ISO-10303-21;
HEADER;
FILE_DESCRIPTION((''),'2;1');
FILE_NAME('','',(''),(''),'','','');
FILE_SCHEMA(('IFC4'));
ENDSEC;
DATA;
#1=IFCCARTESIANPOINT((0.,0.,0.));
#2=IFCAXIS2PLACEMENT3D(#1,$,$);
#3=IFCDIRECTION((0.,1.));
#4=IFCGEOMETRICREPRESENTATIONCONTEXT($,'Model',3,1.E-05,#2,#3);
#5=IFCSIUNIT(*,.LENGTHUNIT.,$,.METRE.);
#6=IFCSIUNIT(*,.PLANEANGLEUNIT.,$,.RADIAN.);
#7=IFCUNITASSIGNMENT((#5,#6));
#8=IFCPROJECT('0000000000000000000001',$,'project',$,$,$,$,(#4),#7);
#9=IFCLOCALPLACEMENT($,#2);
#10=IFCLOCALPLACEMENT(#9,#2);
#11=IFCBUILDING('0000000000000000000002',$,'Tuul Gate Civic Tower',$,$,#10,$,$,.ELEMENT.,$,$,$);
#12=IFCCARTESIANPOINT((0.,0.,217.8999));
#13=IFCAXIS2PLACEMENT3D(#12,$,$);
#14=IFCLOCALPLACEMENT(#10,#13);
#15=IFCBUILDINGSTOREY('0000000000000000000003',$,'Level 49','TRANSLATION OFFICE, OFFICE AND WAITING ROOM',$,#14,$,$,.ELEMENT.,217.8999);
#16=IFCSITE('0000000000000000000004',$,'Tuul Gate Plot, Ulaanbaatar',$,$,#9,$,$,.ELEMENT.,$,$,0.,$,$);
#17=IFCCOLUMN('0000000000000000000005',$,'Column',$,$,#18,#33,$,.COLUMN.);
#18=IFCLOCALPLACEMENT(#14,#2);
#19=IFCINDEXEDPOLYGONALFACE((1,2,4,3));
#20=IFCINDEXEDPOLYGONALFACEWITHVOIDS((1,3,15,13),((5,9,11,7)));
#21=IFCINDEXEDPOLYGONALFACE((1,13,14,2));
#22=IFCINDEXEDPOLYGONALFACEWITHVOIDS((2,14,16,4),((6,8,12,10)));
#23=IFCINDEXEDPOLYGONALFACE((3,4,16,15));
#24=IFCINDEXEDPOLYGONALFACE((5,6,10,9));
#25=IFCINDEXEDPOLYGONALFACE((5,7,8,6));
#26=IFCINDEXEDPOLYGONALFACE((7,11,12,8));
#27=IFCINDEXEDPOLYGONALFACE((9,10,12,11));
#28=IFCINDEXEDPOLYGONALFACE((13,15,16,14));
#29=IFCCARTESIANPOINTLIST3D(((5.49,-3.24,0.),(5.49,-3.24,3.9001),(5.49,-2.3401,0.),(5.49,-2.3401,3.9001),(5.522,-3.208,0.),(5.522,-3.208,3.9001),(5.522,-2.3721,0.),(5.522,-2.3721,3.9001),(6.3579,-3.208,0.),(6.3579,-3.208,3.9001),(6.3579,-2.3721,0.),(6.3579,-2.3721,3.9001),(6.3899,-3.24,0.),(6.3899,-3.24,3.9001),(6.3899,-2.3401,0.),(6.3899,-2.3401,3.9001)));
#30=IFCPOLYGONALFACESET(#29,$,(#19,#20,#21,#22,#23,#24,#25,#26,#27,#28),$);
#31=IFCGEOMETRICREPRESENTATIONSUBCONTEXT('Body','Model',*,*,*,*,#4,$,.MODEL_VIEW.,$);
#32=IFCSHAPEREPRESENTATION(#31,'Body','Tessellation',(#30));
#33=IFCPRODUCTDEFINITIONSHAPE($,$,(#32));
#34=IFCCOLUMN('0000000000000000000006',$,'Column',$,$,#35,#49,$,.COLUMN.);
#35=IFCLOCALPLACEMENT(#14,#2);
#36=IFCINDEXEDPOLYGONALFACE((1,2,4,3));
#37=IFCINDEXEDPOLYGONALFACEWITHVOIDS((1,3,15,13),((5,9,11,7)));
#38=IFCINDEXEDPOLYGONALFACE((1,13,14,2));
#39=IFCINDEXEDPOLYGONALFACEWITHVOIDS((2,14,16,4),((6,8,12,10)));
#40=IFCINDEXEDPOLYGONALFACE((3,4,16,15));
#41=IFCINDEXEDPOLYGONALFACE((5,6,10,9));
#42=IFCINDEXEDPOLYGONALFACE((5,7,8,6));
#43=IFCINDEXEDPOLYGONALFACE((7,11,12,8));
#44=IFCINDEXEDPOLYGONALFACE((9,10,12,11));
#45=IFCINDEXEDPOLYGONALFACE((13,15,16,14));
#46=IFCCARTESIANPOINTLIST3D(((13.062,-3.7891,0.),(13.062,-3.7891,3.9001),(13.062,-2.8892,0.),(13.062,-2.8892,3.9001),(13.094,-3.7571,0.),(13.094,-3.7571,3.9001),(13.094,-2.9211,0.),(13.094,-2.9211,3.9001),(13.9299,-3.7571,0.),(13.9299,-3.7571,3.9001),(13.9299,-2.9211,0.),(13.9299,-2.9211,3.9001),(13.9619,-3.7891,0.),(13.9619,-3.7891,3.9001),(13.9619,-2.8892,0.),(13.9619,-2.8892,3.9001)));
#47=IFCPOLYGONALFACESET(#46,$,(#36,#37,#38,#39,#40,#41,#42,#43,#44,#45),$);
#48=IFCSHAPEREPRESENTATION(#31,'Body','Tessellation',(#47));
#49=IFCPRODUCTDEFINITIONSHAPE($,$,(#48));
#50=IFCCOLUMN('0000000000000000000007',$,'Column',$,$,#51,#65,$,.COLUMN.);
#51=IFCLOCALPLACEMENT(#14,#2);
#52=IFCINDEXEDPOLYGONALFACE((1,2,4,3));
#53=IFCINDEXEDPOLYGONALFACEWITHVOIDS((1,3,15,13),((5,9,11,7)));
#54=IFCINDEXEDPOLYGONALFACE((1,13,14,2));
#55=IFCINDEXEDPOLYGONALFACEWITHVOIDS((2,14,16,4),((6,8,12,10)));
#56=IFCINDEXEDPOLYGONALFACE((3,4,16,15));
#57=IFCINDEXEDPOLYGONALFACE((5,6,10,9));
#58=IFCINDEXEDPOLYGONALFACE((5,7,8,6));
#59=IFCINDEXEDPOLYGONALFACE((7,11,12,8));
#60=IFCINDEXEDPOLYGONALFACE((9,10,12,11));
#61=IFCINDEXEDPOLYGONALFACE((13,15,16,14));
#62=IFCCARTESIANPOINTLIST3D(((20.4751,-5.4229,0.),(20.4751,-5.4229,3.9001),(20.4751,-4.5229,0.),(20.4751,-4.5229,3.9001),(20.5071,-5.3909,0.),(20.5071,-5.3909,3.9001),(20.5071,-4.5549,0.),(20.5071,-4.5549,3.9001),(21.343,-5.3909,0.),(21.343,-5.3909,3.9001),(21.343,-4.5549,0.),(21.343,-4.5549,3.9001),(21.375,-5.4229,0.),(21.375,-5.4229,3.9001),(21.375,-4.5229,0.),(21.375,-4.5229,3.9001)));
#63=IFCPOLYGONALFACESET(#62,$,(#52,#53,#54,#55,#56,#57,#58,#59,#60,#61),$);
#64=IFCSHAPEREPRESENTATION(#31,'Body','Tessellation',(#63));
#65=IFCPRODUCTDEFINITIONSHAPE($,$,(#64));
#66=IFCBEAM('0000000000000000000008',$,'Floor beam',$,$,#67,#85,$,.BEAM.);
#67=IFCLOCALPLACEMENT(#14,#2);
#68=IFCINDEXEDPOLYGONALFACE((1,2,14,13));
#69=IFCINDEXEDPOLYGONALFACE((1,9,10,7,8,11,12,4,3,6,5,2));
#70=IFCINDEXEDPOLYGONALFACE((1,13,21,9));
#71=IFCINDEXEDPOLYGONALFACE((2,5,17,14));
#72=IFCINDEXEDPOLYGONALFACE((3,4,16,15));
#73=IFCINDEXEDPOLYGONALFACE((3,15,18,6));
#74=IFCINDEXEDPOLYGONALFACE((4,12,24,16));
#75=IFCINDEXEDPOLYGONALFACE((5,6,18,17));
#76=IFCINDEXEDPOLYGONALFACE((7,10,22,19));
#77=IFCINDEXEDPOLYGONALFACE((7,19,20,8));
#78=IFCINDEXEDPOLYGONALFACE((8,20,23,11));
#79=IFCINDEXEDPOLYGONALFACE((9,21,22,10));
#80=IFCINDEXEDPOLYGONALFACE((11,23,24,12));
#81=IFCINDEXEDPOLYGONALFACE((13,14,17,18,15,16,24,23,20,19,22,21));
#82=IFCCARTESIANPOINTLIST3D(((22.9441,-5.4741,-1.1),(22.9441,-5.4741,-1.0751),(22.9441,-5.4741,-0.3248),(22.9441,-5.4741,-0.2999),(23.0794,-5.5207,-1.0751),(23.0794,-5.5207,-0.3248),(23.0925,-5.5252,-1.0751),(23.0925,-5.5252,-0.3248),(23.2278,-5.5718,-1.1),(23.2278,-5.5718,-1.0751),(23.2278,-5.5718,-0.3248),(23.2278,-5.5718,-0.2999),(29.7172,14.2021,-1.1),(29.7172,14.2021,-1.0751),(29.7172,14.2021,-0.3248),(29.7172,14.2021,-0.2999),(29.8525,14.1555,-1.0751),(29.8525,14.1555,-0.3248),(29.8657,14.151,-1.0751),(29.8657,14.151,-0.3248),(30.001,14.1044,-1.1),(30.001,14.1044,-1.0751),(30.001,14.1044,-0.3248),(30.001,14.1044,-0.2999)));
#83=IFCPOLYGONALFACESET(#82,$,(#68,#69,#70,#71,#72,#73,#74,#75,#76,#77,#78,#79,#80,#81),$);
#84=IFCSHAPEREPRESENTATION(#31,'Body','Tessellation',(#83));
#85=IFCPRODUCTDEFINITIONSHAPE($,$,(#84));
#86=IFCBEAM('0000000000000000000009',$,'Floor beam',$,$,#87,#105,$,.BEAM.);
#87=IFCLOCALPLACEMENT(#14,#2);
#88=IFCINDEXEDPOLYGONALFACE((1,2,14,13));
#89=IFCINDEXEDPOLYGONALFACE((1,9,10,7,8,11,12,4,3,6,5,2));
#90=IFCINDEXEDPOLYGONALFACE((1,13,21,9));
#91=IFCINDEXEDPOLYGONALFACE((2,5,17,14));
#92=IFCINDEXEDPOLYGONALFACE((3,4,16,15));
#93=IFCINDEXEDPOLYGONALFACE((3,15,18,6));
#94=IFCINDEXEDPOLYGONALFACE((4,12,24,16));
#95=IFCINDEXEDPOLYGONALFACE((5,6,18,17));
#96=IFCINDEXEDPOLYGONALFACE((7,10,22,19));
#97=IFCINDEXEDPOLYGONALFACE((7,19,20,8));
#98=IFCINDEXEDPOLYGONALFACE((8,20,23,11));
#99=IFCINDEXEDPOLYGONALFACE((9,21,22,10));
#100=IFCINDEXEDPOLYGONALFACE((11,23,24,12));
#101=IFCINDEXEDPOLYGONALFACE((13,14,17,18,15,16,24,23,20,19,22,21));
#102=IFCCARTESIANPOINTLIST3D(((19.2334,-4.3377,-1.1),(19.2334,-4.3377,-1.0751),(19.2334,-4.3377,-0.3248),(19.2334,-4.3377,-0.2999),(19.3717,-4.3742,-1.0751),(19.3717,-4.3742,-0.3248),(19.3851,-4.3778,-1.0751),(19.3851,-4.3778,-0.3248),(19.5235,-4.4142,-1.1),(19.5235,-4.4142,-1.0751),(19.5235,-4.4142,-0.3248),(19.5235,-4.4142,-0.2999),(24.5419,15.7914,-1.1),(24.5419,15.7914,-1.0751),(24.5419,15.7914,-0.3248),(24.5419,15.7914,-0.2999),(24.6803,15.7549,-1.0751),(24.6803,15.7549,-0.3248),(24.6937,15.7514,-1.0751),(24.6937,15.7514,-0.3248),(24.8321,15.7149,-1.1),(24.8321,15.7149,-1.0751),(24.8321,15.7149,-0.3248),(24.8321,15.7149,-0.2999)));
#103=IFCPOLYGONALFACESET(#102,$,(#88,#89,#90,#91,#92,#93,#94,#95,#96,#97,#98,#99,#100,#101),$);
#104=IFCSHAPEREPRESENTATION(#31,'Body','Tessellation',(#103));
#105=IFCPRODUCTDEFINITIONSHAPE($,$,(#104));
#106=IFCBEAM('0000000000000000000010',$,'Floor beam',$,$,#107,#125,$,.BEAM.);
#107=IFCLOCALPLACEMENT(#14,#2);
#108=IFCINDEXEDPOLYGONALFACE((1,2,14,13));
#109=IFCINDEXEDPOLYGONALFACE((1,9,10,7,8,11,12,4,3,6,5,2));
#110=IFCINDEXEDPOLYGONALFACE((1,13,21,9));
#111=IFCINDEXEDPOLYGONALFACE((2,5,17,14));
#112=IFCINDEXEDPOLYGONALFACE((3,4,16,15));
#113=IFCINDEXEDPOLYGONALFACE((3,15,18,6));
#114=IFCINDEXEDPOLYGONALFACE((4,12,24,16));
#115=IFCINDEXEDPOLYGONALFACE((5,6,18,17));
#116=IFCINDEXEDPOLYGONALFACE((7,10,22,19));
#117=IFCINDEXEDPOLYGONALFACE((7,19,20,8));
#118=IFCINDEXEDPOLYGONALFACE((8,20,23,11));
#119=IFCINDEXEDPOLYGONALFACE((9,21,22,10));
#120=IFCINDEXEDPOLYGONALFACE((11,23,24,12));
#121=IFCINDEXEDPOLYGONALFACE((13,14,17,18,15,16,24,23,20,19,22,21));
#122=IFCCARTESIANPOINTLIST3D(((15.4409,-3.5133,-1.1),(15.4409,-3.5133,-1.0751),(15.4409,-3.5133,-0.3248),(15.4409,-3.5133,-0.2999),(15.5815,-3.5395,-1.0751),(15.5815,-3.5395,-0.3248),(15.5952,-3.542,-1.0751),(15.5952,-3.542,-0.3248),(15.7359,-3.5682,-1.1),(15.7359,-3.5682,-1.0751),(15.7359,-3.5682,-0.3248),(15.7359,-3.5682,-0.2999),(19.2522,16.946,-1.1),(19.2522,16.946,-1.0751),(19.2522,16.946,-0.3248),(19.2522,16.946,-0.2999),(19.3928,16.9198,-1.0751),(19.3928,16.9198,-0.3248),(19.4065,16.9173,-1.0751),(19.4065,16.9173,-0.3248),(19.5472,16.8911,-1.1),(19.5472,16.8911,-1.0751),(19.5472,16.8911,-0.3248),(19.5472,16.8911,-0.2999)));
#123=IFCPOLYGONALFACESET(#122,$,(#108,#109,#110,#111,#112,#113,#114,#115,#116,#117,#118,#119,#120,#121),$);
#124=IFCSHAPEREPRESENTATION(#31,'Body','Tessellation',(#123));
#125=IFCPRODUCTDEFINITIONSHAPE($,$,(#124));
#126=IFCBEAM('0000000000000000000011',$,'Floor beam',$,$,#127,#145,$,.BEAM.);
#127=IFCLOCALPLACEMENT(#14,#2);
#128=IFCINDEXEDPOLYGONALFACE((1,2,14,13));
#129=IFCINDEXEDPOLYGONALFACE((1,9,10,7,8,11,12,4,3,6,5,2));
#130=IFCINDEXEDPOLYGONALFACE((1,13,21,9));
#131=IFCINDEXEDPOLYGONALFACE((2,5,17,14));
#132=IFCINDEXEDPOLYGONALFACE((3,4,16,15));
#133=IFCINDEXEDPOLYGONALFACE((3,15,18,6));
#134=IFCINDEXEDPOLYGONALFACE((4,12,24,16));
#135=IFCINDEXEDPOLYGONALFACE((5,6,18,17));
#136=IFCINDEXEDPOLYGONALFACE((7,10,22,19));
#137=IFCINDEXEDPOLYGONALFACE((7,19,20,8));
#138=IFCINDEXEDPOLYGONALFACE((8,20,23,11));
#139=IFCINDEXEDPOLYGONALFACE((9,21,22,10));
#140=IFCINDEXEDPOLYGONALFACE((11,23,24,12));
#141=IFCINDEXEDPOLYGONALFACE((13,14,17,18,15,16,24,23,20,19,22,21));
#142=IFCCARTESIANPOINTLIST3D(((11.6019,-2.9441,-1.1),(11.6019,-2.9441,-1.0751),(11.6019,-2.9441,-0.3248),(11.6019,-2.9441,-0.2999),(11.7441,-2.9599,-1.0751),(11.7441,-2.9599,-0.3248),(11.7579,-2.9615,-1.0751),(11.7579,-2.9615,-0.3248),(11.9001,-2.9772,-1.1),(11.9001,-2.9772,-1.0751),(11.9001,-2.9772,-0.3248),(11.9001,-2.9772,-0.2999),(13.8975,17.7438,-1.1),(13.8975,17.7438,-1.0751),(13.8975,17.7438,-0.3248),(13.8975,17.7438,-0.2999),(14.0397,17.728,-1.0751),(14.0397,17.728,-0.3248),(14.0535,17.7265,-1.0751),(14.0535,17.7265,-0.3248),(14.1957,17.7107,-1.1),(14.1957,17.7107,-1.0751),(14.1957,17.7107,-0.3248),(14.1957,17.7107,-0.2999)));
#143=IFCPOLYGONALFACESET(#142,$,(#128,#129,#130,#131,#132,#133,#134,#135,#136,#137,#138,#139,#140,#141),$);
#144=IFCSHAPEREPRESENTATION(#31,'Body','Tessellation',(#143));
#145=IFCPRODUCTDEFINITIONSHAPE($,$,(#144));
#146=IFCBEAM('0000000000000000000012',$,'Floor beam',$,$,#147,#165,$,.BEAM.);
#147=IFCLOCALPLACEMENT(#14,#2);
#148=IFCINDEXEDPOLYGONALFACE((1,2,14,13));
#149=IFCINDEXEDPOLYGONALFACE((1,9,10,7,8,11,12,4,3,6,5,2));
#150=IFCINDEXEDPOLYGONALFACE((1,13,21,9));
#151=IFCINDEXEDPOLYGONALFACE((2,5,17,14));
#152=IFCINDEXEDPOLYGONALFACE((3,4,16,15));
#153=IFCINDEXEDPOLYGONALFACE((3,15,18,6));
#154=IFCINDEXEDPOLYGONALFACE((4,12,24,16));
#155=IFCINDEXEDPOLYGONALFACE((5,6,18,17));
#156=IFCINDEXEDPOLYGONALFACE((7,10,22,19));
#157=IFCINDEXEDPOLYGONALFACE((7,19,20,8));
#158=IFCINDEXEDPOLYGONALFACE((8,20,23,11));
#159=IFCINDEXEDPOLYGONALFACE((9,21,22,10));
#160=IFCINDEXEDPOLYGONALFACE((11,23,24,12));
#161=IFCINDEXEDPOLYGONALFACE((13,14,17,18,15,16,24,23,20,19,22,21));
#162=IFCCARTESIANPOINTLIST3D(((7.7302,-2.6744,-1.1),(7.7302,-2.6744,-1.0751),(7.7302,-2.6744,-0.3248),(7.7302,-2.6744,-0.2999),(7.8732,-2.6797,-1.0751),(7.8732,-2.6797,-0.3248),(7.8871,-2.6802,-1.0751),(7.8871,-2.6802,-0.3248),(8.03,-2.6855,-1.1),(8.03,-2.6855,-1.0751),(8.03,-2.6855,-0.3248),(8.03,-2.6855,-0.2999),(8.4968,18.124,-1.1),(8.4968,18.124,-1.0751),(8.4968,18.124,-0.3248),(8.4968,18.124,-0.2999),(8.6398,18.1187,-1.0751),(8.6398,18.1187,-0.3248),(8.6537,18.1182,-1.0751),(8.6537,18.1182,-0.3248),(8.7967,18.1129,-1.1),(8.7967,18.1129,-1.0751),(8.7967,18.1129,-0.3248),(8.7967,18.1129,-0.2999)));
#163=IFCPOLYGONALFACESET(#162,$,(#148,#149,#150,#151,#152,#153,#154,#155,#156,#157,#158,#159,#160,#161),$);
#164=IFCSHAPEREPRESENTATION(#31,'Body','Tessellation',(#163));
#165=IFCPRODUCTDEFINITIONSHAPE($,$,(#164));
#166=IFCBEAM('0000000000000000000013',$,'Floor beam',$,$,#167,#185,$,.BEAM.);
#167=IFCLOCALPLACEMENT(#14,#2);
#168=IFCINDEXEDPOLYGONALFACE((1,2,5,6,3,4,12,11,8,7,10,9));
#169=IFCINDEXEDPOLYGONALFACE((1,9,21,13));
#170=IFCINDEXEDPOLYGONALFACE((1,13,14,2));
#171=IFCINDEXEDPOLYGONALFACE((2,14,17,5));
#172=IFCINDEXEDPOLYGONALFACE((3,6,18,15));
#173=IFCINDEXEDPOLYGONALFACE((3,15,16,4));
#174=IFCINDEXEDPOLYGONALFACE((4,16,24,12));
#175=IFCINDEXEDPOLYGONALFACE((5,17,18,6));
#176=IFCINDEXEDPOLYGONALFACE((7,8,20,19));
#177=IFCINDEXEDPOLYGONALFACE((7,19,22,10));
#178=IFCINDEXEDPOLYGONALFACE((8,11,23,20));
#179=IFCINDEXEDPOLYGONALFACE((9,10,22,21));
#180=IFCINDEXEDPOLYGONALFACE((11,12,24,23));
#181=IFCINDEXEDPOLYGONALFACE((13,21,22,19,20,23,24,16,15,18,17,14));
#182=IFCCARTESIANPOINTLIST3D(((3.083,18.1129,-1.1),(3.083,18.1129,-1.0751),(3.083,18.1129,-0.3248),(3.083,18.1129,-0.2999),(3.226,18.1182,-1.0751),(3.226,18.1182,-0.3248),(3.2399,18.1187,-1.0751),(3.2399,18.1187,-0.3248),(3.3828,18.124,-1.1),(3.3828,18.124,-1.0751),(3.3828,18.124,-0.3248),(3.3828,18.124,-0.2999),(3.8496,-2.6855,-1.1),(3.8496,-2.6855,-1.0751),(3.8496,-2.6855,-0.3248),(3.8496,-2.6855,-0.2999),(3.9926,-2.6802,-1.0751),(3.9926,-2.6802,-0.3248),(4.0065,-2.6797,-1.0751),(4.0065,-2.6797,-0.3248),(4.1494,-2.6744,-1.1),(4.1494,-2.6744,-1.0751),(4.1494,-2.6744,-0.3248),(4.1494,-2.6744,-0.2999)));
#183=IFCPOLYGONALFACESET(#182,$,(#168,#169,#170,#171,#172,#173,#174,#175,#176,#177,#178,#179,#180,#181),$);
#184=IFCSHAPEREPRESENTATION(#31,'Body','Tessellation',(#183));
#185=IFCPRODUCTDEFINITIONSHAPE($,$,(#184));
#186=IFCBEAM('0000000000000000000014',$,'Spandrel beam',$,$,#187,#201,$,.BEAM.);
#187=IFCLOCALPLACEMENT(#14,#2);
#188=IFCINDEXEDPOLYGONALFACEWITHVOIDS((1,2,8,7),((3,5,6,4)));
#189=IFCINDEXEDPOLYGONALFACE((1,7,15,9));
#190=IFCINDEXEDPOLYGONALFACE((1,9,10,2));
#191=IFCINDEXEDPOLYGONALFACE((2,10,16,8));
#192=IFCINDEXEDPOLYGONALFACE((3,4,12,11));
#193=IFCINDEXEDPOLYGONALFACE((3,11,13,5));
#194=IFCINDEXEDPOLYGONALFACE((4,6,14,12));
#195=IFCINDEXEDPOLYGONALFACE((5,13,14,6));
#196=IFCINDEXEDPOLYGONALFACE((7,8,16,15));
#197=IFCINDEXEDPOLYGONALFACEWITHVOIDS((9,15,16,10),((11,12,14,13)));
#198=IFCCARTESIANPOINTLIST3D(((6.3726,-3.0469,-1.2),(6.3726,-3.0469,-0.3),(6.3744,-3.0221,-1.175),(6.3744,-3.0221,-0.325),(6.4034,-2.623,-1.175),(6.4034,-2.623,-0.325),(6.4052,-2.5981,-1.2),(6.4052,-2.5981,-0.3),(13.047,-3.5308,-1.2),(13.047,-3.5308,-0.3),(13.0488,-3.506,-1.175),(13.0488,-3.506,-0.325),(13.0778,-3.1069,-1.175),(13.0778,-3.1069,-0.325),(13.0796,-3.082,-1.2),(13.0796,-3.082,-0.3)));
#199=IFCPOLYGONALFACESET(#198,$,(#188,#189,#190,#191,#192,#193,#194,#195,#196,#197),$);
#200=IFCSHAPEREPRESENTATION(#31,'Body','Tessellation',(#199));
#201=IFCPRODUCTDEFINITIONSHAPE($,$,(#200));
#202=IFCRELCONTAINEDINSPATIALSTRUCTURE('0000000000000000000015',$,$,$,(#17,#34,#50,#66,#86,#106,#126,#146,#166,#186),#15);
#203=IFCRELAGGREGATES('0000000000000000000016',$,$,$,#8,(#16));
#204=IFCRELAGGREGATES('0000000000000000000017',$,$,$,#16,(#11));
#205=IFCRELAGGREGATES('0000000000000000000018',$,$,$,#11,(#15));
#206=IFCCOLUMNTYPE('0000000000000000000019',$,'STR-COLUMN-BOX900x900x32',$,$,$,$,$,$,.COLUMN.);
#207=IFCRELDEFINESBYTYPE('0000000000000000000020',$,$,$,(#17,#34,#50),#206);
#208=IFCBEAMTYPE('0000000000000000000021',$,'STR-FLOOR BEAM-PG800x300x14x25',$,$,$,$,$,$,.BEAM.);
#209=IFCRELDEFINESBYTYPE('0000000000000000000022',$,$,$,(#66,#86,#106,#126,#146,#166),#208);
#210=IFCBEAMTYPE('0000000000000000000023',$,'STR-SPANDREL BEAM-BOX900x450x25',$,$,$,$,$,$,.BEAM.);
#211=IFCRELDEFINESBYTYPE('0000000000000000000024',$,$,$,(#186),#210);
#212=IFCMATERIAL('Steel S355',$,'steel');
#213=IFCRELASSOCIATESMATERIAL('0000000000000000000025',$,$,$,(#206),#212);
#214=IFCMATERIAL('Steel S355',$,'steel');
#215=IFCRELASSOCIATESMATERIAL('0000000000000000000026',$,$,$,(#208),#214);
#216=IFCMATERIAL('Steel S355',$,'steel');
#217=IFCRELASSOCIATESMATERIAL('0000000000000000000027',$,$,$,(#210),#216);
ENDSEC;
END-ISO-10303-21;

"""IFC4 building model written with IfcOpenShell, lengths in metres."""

from ifc_helpers import new_model, si_unit, direction, frame, origin, origin_2d, place, context, subcontext, project, spatial, hollow_rectangle, i_section, extrude, material, material_profile, profile_set, type_object, element, save


model = new_model("IFC4")

# Units and contexts
model_context = context("Model", 3, precision=1e-05, world=origin(), true_north=direction((0.0, 1.0)))
body_context = subcontext(model_context, "Body", "Model", "MODEL_VIEW")
ifc_project = project(units=[si_unit("LENGTHUNIT", "METRE"), si_unit("PLANEANGLEUNIT", "RADIAN")], contexts=[model_context])

# Site, building, storey
site_placement = place(None, origin())
site = spatial("IfcSite", under=ifc_project, at=site_placement, Name="Tuul Gate Plot, Ulaanbaatar", CompositionType="ELEMENT", RefElevation=0.0)
building_placement = place(site_placement, origin())
building = spatial("IfcBuilding", under=site, at=building_placement, Name="Tuul Gate Civic Tower", CompositionType="ELEMENT")
storey_placement = place(building_placement, frame((0.0, 0.0, 217.8999)))
storey = spatial("IfcBuildingStorey", under=building, at=storey_placement, Name="Level 49", Description="TRANSLATION OFFICE, OFFICE AND WAITING ROOM", CompositionType="ELEMENT", Elevation=217.8999)

# Columns
ifc_material_1 = material(Name="Steel S355", Category="steel")
ifc_material_profile_1 = material_profile(ifc_material_1, hollow_rectangle(XDim=0.8999, YDim=0.8999, WallThickness=0.032, at=origin_2d()), Name="BOX900x900x32")
ifc_profile_set_1 = profile_set([ifc_material_profile_1], Name="Steel S355")
column_type = type_object("IfcColumnType", Name="STR-COLUMN-BOX900x900x32", PredefinedType="COLUMN", material=ifc_profile_set_1)
for number, where, z_axis, x_axis, name in (
    (1, (5.9399, -2.79, 0.0), (0.0, 0.0, 1.0), (1.0, 0.0, 0.0), "Column"),
    (2, (13.512, -3.3391, 0.0), (0.0, 0.0, 1.0), (1.0, 0.0, 0.0), "Column"),
    (3, (20.925, -4.9729, 0.0), (0.0, 0.0, 1.0), (1.0, 0.0, 0.0), "Column"),
):
    element("IfcColumn", number, at=place(storey_placement, frame(where, z_axis=z_axis, x_axis=x_axis)), inside=storey, type_object=column_type, Name=name, PredefinedType="COLUMN", context=body_context, shape_type="SweptSolid", body=[
        extrude(hollow_rectangle(XDim=0.8999, YDim=0.8999, WallThickness=0.032, at=origin_2d()), origin(), (0.0, 0.0, 1.0), 3.9001),
    ])

# Beams
ifc_material_2 = material(Name="Steel S355", Category="steel")
ifc_material_profile_2 = material_profile(ifc_material_2, i_section(OverallWidth=0.3, OverallDepth=0.8, WebThickness=0.0139, FlangeThickness=0.0249, at=origin_2d()), Name="PG800x300x14x25")
ifc_profile_set_2 = profile_set([ifc_material_profile_2], Name="Steel S355")
beam_type_1 = type_object("IfcBeamType", Name="STR-FLOOR BEAM-PG800x300x14x25", PredefinedType="BEAM", material=ifc_profile_set_2)
beam_1_placement = place(storey_placement, frame((23.0859, -5.5229, -0.7), z_axis=(0.325487, 0.945547, 0.0), x_axis=(-0.945547, 0.325487, 0.0)))
element("IfcBeam", 4, at=beam_1_placement, inside=storey, type_object=beam_type_1, Name="Floor beam", PredefinedType="BEAM", context=body_context, shape_type="SweptSolid", body=[
    extrude(i_section(OverallWidth=0.3, OverallDepth=0.8, WebThickness=0.0139, FlangeThickness=0.0249, at=origin_2d()), origin(), (0.0, 0.0, 1.0), 20.8093),
])
beam_2_placement = place(storey_placement, frame((19.3784, -4.376, -0.7), z_axis=(0.255008, 0.966939, 0.0), x_axis=(-0.966939, 0.255008, 0.0)))
element("IfcBeam", 5, at=beam_2_placement, inside=storey, type_object=beam_type_1, Name="Floor beam", PredefinedType="BEAM", context=body_context, shape_type="SweptSolid", body=[
    extrude(i_section(OverallWidth=0.3, OverallDepth=0.8, WebThickness=0.0139, FlangeThickness=0.0249, at=origin_2d()), origin(), (0.0, 0.0, 1.0), 20.8174),
])
beam_3_placement = place(storey_placement, frame((15.5884, -3.5408, -0.7), z_axis=(0.183136, 0.983088, 0.0), x_axis=(-0.983088, 0.183136, 0.0)))
element("IfcBeam", 6, at=beam_3_placement, inside=storey, type_object=beam_type_1, Name="Floor beam", PredefinedType="BEAM", context=body_context, shape_type="SweptSolid", body=[
    extrude(i_section(OverallWidth=0.3, OverallDepth=0.8, WebThickness=0.0139, FlangeThickness=0.0249, at=origin_2d()), origin(), (0.0, 0.0, 1.0), 20.8113),
])
beam_4_placement = place(storey_placement, frame((11.751, -2.9607, -0.7), z_axis=(0.110289, 0.9939, 0.0), x_axis=(-0.9939, 0.110289, 0.0)))
element("IfcBeam", 7, at=beam_4_placement, inside=storey, type_object=beam_type_1, Name="Floor beam", PredefinedType="BEAM", context=body_context, shape_type="SweptSolid", body=[
    extrude(i_section(OverallWidth=0.3, OverallDepth=0.8, WebThickness=0.0139, FlangeThickness=0.0249, at=origin_2d()), origin(), (0.0, 0.0, 1.0), 20.8149),
])
for number, where, z_axis, x_axis, name in (
    (8, (7.8801, -2.6799, -0.7), (0.036834, 0.999321, 0.0), (-0.999321, 0.036834, 0.0), "Floor beam"),
    (9, (3.9995, -2.6799, -0.7), (-0.036834, 0.999321, 0.0), (-0.999321, -0.036834, 0.0), "Floor beam"),
):
    element("IfcBeam", number, at=place(storey_placement, frame(where, z_axis=z_axis, x_axis=x_axis)), inside=storey, type_object=beam_type_1, Name=name, PredefinedType="BEAM", context=body_context, shape_type="SweptSolid", body=[
        extrude(i_section(OverallWidth=0.3, OverallDepth=0.8, WebThickness=0.0139, FlangeThickness=0.0249, at=origin_2d()), origin(), (0.0, 0.0, 1.0), 20.8125),
    ])
ifc_material_3 = material(Name="Steel S355", Category="steel")
ifc_material_profile_3 = material_profile(ifc_material_3, hollow_rectangle(XDim=0.45, YDim=0.8999, WallThickness=0.0249, at=origin_2d()), Name="BOX900x450x25")
ifc_profile_set_3 = profile_set([ifc_material_profile_3], Name="Steel S355")
beam_type_2 = type_object("IfcBeamType", Name="STR-SPANDREL BEAM-BOX900x450x25", PredefinedType="BEAM", material=ifc_profile_set_3)
beam_5_placement = place(storey_placement, frame((6.3889, -2.8225, -0.75), z_axis=(0.997382, -0.07231, 0.0), x_axis=(0.07231, 0.997382, 0.0)))
element("IfcBeam", 10, at=beam_5_placement, inside=storey, type_object=beam_type_2, Name="Spandrel beam", PredefinedType="BEAM", context=body_context, shape_type="SweptSolid", body=[
    extrude(hollow_rectangle(XDim=0.45, YDim=0.8999, WallThickness=0.0249, at=origin_2d()), origin(), (0.0, 0.0, 1.0), 6.6919),
])

save(model, "model.ifc")
